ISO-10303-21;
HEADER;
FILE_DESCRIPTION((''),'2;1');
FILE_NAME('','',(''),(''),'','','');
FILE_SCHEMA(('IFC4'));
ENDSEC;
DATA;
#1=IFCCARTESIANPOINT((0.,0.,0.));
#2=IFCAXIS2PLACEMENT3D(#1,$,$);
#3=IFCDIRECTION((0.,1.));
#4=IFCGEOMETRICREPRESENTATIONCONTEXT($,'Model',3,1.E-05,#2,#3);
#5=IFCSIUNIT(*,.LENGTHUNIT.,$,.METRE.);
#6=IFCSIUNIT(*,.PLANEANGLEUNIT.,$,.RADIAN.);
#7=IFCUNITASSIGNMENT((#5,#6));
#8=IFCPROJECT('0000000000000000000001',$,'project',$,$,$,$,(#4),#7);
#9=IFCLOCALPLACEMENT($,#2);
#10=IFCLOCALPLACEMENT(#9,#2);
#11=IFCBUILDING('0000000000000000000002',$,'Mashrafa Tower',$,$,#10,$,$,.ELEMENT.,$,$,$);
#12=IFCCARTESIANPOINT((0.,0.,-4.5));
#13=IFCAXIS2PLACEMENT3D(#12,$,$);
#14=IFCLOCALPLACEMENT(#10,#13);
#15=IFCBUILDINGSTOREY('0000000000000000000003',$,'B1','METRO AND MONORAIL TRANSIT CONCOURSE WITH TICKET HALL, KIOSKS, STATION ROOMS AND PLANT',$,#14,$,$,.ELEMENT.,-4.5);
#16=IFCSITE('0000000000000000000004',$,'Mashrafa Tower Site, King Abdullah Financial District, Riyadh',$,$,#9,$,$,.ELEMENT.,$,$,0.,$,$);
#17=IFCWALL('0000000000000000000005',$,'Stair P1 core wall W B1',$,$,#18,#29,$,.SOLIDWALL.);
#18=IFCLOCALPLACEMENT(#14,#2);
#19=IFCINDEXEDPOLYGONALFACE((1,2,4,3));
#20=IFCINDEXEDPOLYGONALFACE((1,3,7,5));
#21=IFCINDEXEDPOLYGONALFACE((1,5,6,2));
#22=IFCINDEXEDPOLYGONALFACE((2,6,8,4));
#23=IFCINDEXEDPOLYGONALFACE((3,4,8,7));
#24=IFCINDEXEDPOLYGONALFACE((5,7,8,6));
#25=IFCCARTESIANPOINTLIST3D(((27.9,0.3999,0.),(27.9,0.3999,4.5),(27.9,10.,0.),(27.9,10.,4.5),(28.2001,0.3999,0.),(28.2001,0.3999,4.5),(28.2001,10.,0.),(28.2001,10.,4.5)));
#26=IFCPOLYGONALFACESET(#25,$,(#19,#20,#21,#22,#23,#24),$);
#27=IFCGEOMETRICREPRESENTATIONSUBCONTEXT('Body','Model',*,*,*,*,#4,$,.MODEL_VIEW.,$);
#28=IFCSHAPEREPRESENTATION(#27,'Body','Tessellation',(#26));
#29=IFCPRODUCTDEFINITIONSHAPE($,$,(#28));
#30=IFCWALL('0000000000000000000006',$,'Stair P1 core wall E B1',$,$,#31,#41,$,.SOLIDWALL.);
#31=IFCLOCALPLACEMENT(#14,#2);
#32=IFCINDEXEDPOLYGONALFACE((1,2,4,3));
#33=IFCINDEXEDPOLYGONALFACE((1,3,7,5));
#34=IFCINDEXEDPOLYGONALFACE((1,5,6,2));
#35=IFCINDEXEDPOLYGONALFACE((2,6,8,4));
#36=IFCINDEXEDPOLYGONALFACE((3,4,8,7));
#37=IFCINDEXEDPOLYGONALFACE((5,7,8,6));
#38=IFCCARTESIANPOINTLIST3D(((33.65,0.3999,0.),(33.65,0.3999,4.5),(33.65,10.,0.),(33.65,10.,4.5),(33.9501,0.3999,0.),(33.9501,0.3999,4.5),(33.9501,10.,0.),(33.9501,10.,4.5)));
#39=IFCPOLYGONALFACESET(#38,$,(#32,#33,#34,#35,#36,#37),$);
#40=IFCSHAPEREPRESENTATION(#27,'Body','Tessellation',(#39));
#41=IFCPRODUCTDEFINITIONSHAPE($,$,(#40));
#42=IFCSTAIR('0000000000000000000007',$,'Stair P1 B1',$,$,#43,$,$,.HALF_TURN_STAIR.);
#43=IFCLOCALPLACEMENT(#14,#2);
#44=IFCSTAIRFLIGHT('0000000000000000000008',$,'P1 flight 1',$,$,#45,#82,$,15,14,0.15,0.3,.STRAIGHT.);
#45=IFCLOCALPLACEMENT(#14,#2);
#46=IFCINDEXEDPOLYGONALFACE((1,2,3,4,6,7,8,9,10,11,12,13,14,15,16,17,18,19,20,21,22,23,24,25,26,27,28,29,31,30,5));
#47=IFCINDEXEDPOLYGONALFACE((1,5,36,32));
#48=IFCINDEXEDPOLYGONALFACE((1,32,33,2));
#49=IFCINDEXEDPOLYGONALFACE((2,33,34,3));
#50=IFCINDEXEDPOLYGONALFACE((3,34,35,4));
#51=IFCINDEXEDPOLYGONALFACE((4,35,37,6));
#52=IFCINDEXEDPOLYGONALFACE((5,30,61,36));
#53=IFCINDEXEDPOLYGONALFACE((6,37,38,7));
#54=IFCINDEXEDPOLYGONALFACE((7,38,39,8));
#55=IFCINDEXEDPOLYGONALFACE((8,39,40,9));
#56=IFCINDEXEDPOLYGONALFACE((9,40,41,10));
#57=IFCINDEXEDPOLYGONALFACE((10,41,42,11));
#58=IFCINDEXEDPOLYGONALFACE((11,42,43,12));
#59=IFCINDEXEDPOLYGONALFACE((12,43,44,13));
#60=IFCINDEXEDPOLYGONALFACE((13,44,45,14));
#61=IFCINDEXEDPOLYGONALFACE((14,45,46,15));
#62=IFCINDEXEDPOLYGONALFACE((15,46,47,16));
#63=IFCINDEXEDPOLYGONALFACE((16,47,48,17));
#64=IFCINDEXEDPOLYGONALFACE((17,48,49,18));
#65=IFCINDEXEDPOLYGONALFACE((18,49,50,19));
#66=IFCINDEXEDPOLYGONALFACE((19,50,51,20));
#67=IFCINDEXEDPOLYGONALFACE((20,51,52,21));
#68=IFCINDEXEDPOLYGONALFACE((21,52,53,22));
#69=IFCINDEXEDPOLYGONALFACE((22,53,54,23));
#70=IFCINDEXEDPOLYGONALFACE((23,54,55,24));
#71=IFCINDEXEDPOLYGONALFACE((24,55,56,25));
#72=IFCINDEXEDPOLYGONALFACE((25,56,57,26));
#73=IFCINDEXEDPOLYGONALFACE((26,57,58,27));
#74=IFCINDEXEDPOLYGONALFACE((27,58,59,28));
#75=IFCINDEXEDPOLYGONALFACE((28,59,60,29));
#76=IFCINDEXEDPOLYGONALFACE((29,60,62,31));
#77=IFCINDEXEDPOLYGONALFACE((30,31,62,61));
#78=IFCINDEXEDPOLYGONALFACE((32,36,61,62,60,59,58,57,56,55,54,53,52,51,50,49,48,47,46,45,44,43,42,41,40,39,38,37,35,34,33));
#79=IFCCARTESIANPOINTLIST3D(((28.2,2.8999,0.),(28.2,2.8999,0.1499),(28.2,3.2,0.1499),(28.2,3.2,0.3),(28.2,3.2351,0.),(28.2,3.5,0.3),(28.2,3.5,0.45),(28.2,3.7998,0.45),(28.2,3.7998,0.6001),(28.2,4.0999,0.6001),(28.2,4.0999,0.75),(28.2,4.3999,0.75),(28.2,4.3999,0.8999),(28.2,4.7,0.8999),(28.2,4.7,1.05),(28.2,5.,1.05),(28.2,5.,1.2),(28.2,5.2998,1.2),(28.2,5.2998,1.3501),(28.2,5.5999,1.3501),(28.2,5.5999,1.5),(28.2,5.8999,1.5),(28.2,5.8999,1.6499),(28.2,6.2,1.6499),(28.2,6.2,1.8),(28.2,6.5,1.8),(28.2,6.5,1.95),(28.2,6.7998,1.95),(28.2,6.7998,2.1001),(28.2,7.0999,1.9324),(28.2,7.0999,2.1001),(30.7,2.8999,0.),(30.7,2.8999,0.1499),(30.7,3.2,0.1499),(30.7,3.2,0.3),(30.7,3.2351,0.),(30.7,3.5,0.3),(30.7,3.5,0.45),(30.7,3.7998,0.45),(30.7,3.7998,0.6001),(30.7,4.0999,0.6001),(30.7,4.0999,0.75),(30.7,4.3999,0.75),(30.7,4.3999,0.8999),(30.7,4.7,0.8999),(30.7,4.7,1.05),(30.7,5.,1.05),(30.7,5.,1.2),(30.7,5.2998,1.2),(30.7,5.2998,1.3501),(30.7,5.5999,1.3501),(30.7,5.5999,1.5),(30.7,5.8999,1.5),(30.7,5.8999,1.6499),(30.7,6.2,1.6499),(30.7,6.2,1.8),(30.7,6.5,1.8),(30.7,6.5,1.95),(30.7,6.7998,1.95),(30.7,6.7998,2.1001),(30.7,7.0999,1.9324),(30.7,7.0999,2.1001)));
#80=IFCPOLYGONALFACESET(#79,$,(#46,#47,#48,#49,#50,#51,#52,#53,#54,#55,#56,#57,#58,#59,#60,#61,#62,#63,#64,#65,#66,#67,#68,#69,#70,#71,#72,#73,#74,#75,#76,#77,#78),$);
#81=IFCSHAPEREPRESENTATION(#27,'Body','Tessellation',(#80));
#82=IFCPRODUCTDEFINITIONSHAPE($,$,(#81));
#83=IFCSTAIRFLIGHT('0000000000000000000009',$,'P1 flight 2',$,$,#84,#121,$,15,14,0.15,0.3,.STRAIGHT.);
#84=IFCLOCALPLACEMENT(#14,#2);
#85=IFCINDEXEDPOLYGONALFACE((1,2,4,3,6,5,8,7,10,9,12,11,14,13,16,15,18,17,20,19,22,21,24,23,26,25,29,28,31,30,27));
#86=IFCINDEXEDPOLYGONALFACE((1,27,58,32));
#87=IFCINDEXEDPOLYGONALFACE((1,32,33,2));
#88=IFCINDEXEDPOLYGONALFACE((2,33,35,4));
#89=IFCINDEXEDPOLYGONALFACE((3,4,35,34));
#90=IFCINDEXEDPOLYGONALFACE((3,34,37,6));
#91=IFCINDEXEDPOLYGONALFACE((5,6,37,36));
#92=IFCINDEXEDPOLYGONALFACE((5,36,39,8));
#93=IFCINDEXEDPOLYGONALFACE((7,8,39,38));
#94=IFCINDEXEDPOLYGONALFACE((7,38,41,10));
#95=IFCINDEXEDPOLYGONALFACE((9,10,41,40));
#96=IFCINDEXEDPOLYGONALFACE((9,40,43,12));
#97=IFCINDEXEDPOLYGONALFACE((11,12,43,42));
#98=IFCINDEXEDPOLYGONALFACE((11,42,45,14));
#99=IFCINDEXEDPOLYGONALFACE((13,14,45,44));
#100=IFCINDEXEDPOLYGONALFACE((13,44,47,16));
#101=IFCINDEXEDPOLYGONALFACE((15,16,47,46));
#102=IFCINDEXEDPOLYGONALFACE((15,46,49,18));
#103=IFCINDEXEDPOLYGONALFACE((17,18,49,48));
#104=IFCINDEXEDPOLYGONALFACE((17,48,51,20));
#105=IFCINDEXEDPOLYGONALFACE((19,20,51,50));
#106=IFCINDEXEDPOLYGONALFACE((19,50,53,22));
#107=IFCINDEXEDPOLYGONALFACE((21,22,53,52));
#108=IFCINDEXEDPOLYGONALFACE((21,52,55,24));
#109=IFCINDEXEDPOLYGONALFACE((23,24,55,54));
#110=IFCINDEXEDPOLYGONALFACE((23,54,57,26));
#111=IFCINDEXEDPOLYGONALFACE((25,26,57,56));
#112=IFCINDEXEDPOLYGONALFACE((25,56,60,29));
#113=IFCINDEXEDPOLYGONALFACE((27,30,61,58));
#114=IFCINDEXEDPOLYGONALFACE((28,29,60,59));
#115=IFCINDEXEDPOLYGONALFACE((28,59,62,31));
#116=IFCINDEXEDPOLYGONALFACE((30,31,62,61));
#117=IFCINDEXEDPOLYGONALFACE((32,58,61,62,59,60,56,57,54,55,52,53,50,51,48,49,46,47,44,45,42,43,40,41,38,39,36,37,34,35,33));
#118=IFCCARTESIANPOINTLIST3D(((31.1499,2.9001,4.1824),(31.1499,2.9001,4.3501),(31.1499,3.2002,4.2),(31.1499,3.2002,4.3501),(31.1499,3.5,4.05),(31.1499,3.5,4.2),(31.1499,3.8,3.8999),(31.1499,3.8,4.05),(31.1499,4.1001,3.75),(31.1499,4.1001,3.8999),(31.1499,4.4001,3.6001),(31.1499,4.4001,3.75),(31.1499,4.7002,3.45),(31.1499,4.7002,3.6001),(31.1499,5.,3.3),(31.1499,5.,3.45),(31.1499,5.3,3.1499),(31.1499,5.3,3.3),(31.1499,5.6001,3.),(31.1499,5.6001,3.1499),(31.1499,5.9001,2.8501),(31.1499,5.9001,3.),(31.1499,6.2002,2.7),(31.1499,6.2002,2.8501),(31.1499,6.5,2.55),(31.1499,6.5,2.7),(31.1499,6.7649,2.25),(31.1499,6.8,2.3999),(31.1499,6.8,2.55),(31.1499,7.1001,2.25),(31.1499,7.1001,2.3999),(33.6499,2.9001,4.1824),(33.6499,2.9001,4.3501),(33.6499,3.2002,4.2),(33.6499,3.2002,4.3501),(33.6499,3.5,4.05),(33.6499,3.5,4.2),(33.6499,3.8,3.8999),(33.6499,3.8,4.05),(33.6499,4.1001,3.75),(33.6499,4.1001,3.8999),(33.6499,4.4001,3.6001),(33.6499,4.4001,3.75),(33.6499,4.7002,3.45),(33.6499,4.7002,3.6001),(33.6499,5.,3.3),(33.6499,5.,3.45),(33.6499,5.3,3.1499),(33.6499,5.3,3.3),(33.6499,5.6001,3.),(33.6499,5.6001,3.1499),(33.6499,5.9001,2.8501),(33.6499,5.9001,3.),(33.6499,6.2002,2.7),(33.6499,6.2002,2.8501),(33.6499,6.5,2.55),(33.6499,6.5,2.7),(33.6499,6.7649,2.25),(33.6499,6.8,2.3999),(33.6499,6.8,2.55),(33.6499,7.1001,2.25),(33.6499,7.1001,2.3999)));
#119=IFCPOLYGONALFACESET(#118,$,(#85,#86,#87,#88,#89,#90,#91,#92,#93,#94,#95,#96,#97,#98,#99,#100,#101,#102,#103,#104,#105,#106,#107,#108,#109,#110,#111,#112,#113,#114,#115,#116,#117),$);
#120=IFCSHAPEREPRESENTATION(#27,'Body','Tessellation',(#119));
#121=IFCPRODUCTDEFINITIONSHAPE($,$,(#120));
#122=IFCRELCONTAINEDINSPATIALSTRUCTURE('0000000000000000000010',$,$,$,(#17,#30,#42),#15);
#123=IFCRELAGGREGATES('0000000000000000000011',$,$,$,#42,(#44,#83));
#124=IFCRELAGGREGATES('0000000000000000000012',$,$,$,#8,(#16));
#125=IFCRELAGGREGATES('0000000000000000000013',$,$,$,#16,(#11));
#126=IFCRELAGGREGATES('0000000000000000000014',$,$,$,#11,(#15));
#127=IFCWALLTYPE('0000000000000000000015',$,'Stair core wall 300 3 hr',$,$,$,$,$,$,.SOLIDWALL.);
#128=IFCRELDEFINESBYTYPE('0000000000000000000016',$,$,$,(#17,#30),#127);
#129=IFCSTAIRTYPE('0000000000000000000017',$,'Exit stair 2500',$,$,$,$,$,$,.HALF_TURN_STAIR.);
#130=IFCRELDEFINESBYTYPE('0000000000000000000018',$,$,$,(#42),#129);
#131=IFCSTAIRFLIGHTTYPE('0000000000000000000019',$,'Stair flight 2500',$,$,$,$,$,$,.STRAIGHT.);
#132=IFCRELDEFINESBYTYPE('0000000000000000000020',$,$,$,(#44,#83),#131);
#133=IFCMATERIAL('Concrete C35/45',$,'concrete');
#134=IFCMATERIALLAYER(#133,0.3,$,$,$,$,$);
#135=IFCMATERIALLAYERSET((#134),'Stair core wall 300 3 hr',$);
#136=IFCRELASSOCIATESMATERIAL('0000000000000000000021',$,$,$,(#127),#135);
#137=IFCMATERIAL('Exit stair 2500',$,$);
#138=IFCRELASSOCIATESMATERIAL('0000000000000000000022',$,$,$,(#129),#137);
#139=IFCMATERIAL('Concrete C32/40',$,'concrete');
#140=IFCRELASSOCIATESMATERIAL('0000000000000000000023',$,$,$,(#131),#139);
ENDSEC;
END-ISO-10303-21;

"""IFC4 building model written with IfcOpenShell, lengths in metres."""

from ifc_helpers import new_model, si_unit, direction, frame, frame_2d, origin, place, context, subcontext, project, spatial, polyline, rectangle, outline, extrude, material, layer, layer_set, type_object, element, aggregate, save


model = new_model("IFC4")

# Units and contexts
model_context = context("Model", 3, precision=1e-05, world=origin(), true_north=direction((0.0, 1.0)))
body_context = subcontext(model_context, "Body", "Model", "MODEL_VIEW")
ifc_project = project(units=[si_unit("LENGTHUNIT", "METRE"), si_unit("PLANEANGLEUNIT", "RADIAN")], contexts=[model_context])

# Site, building, storey
site_placement = place(None, origin())
site = spatial("IfcSite", under=ifc_project, at=site_placement, Name="Mashrafa Tower Site, King Abdullah Financial District, Riyadh", CompositionType="ELEMENT", RefElevation=0.0)
building_placement = place(site_placement, origin())
building = spatial("IfcBuilding", under=site, at=building_placement, Name="Mashrafa Tower", CompositionType="ELEMENT")
storey_placement = place(building_placement, frame((0.0, 0.0, -4.5)))
storey = spatial("IfcBuildingStorey", under=building, at=storey_placement, Name="B1", Description="METRO AND MONORAIL TRANSIT CONCOURSE WITH TICKET HALL, KIOSKS, STATION ROOMS AND PLANT", CompositionType="ELEMENT", Elevation=-4.5)

# Shared definitions
ifc_material_1 = material(Name="Concrete C35/45", Category="concrete")
ifc_layer_1 = layer(ifc_material_1, 0.3)
ifc_layer_set_1 = layer_set([ifc_layer_1], Name="Stair core wall 300 3 hr")
wall_type_1 = type_object("IfcWallType", Name="Stair core wall 300 3 hr", PredefinedType="SOLIDWALL", material=ifc_layer_set_1)

# Walls
for number, where, z_axis, x_axis, name in (
    (1, (28.05, 10.0, 0.0), (0.0, 0.0, 1.0), (0.0, -1.0, 0.0), "Stair P1 core wall W B1"),
    (2, (33.8, 0.3999, 0.0), (0.0, 0.0, 1.0), (0.0, 1.0, 0.0), "Stair P1 core wall E B1"),
):
    element("IfcWall", number, at=place(storey_placement, frame(where, z_axis=z_axis, x_axis=x_axis)), inside=storey, type_object=wall_type_1, Name=name, PredefinedType="SOLIDWALL", context=body_context, shape_type="SweptSolid", body=[
        extrude(rectangle(XDim=9.6001, YDim=0.3, at=frame_2d((4.8, 0.0))), origin(), (0.0, 0.0, 1.0), 4.5),
    ])

# Stair, stair flights
ifc_material_2 = material(Name="Exit stair 2500")
stair_type = type_object("IfcStairType", Name="Exit stair 2500", PredefinedType="HALF_TURN_STAIR", material=ifc_material_2)
stair_placement = place(storey_placement, origin())
stair = element("IfcStair", 3, at=stair_placement, inside=storey, type_object=stair_type, Name="Stair P1 B1", PredefinedType="HALF_TURN_STAIR")
ifc_material_3 = material(Name="Concrete C32/40", Category="concrete")
stair_flight_type = type_object("IfcStairFlightType", Name="Stair flight 2500", PredefinedType="STRAIGHT", material=ifc_material_3)
stair_flight_1_placement = place(storey_placement, frame((29.45, 2.8999, 0.0), z_axis=(0.0, 0.0, 1.0), x_axis=(0.0, 1.0, 0.0)))
stair_flight_1 = element("IfcStairFlight", 4, at=stair_flight_1_placement, type_object=stair_flight_type, Name="P1 flight 1", NumberOfRisers=15, NumberOfTreads=14, PredefinedType="STRAIGHT", RiserHeight=0.15, TreadLength=0.3, context=body_context, shape_type="SweptSolid", body=[
    extrude(outline(polyline([(0.0, 0.0), (0.0, 0.1499), (0.3, 0.1499), (0.3, 0.3), (0.6001, 0.3), (0.6001, 0.45), (0.8999, 0.45), (0.8999, 0.6001), (1.2, 0.6001), (1.2, 0.75), (1.5, 0.75), (1.5, 0.8999), (1.8, 0.8999), (1.8, 1.05), (2.1001, 1.05), (2.1001, 1.2), (2.3999, 1.2), (2.3999, 1.3501), (2.7, 1.3501), (2.7, 1.5), (3.0, 1.5), (3.0, 1.6499), (3.3, 1.6499), (3.3, 1.8), (3.6001, 1.8), (3.6001, 1.95), (3.8999, 1.95), (3.8999, 2.1001), (4.2, 2.1001), (4.2, 2.25), (4.2, 1.9324), (0.3352, 0.0), (0.0, 0.0)])), frame((0.0, 1.25, 0.0), z_axis=(0.0, -1.0, 0.0), x_axis=(1.0, 0.0, 0.0)), (0.0, 0.0, 1.0), 2.5),
])
stair_flight_2_placement = place(storey_placement, frame((32.3999, 7.1001, 2.25), z_axis=(0.0, 0.0, 1.0), x_axis=(0.0, -1.0, 0.0)))
stair_flight_2 = element("IfcStairFlight", 5, at=stair_flight_2_placement, type_object=stair_flight_type, Name="P1 flight 2", NumberOfRisers=15, NumberOfTreads=14, PredefinedType="STRAIGHT", RiserHeight=0.15, TreadLength=0.3, context=body_context, shape_type="SweptSolid", body=[
    extrude(outline(polyline([(0.0, 0.0), (0.0, 0.1499), (0.3, 0.1499), (0.3, 0.3), (0.6001, 0.3), (0.6001, 0.45), (0.8999, 0.45), (0.8999, 0.6001), (1.2, 0.6001), (1.2, 0.75), (1.5, 0.75), (1.5, 0.8999), (1.8, 0.8999), (1.8, 1.05), (2.1001, 1.05), (2.1001, 1.2), (2.3999, 1.2), (2.3999, 1.3501), (2.7, 1.3501), (2.7, 1.5), (3.0, 1.5), (3.0, 1.6499), (3.3, 1.6499), (3.3, 1.8), (3.6001, 1.8), (3.6001, 1.95), (3.8999, 1.95), (3.8999, 2.1001), (4.2, 2.1001), (4.2, 2.25), (4.2, 1.9324), (0.3352, 0.0), (0.0, 0.0)])), frame((0.0, 1.25, 0.0), z_axis=(0.0, -1.0, 0.0), x_axis=(1.0, 0.0, 0.0)), (0.0, 0.0, 1.0), 2.5),
])
aggregate(stair, [stair_flight_1, stair_flight_2])

save(model, "model.ifc")
